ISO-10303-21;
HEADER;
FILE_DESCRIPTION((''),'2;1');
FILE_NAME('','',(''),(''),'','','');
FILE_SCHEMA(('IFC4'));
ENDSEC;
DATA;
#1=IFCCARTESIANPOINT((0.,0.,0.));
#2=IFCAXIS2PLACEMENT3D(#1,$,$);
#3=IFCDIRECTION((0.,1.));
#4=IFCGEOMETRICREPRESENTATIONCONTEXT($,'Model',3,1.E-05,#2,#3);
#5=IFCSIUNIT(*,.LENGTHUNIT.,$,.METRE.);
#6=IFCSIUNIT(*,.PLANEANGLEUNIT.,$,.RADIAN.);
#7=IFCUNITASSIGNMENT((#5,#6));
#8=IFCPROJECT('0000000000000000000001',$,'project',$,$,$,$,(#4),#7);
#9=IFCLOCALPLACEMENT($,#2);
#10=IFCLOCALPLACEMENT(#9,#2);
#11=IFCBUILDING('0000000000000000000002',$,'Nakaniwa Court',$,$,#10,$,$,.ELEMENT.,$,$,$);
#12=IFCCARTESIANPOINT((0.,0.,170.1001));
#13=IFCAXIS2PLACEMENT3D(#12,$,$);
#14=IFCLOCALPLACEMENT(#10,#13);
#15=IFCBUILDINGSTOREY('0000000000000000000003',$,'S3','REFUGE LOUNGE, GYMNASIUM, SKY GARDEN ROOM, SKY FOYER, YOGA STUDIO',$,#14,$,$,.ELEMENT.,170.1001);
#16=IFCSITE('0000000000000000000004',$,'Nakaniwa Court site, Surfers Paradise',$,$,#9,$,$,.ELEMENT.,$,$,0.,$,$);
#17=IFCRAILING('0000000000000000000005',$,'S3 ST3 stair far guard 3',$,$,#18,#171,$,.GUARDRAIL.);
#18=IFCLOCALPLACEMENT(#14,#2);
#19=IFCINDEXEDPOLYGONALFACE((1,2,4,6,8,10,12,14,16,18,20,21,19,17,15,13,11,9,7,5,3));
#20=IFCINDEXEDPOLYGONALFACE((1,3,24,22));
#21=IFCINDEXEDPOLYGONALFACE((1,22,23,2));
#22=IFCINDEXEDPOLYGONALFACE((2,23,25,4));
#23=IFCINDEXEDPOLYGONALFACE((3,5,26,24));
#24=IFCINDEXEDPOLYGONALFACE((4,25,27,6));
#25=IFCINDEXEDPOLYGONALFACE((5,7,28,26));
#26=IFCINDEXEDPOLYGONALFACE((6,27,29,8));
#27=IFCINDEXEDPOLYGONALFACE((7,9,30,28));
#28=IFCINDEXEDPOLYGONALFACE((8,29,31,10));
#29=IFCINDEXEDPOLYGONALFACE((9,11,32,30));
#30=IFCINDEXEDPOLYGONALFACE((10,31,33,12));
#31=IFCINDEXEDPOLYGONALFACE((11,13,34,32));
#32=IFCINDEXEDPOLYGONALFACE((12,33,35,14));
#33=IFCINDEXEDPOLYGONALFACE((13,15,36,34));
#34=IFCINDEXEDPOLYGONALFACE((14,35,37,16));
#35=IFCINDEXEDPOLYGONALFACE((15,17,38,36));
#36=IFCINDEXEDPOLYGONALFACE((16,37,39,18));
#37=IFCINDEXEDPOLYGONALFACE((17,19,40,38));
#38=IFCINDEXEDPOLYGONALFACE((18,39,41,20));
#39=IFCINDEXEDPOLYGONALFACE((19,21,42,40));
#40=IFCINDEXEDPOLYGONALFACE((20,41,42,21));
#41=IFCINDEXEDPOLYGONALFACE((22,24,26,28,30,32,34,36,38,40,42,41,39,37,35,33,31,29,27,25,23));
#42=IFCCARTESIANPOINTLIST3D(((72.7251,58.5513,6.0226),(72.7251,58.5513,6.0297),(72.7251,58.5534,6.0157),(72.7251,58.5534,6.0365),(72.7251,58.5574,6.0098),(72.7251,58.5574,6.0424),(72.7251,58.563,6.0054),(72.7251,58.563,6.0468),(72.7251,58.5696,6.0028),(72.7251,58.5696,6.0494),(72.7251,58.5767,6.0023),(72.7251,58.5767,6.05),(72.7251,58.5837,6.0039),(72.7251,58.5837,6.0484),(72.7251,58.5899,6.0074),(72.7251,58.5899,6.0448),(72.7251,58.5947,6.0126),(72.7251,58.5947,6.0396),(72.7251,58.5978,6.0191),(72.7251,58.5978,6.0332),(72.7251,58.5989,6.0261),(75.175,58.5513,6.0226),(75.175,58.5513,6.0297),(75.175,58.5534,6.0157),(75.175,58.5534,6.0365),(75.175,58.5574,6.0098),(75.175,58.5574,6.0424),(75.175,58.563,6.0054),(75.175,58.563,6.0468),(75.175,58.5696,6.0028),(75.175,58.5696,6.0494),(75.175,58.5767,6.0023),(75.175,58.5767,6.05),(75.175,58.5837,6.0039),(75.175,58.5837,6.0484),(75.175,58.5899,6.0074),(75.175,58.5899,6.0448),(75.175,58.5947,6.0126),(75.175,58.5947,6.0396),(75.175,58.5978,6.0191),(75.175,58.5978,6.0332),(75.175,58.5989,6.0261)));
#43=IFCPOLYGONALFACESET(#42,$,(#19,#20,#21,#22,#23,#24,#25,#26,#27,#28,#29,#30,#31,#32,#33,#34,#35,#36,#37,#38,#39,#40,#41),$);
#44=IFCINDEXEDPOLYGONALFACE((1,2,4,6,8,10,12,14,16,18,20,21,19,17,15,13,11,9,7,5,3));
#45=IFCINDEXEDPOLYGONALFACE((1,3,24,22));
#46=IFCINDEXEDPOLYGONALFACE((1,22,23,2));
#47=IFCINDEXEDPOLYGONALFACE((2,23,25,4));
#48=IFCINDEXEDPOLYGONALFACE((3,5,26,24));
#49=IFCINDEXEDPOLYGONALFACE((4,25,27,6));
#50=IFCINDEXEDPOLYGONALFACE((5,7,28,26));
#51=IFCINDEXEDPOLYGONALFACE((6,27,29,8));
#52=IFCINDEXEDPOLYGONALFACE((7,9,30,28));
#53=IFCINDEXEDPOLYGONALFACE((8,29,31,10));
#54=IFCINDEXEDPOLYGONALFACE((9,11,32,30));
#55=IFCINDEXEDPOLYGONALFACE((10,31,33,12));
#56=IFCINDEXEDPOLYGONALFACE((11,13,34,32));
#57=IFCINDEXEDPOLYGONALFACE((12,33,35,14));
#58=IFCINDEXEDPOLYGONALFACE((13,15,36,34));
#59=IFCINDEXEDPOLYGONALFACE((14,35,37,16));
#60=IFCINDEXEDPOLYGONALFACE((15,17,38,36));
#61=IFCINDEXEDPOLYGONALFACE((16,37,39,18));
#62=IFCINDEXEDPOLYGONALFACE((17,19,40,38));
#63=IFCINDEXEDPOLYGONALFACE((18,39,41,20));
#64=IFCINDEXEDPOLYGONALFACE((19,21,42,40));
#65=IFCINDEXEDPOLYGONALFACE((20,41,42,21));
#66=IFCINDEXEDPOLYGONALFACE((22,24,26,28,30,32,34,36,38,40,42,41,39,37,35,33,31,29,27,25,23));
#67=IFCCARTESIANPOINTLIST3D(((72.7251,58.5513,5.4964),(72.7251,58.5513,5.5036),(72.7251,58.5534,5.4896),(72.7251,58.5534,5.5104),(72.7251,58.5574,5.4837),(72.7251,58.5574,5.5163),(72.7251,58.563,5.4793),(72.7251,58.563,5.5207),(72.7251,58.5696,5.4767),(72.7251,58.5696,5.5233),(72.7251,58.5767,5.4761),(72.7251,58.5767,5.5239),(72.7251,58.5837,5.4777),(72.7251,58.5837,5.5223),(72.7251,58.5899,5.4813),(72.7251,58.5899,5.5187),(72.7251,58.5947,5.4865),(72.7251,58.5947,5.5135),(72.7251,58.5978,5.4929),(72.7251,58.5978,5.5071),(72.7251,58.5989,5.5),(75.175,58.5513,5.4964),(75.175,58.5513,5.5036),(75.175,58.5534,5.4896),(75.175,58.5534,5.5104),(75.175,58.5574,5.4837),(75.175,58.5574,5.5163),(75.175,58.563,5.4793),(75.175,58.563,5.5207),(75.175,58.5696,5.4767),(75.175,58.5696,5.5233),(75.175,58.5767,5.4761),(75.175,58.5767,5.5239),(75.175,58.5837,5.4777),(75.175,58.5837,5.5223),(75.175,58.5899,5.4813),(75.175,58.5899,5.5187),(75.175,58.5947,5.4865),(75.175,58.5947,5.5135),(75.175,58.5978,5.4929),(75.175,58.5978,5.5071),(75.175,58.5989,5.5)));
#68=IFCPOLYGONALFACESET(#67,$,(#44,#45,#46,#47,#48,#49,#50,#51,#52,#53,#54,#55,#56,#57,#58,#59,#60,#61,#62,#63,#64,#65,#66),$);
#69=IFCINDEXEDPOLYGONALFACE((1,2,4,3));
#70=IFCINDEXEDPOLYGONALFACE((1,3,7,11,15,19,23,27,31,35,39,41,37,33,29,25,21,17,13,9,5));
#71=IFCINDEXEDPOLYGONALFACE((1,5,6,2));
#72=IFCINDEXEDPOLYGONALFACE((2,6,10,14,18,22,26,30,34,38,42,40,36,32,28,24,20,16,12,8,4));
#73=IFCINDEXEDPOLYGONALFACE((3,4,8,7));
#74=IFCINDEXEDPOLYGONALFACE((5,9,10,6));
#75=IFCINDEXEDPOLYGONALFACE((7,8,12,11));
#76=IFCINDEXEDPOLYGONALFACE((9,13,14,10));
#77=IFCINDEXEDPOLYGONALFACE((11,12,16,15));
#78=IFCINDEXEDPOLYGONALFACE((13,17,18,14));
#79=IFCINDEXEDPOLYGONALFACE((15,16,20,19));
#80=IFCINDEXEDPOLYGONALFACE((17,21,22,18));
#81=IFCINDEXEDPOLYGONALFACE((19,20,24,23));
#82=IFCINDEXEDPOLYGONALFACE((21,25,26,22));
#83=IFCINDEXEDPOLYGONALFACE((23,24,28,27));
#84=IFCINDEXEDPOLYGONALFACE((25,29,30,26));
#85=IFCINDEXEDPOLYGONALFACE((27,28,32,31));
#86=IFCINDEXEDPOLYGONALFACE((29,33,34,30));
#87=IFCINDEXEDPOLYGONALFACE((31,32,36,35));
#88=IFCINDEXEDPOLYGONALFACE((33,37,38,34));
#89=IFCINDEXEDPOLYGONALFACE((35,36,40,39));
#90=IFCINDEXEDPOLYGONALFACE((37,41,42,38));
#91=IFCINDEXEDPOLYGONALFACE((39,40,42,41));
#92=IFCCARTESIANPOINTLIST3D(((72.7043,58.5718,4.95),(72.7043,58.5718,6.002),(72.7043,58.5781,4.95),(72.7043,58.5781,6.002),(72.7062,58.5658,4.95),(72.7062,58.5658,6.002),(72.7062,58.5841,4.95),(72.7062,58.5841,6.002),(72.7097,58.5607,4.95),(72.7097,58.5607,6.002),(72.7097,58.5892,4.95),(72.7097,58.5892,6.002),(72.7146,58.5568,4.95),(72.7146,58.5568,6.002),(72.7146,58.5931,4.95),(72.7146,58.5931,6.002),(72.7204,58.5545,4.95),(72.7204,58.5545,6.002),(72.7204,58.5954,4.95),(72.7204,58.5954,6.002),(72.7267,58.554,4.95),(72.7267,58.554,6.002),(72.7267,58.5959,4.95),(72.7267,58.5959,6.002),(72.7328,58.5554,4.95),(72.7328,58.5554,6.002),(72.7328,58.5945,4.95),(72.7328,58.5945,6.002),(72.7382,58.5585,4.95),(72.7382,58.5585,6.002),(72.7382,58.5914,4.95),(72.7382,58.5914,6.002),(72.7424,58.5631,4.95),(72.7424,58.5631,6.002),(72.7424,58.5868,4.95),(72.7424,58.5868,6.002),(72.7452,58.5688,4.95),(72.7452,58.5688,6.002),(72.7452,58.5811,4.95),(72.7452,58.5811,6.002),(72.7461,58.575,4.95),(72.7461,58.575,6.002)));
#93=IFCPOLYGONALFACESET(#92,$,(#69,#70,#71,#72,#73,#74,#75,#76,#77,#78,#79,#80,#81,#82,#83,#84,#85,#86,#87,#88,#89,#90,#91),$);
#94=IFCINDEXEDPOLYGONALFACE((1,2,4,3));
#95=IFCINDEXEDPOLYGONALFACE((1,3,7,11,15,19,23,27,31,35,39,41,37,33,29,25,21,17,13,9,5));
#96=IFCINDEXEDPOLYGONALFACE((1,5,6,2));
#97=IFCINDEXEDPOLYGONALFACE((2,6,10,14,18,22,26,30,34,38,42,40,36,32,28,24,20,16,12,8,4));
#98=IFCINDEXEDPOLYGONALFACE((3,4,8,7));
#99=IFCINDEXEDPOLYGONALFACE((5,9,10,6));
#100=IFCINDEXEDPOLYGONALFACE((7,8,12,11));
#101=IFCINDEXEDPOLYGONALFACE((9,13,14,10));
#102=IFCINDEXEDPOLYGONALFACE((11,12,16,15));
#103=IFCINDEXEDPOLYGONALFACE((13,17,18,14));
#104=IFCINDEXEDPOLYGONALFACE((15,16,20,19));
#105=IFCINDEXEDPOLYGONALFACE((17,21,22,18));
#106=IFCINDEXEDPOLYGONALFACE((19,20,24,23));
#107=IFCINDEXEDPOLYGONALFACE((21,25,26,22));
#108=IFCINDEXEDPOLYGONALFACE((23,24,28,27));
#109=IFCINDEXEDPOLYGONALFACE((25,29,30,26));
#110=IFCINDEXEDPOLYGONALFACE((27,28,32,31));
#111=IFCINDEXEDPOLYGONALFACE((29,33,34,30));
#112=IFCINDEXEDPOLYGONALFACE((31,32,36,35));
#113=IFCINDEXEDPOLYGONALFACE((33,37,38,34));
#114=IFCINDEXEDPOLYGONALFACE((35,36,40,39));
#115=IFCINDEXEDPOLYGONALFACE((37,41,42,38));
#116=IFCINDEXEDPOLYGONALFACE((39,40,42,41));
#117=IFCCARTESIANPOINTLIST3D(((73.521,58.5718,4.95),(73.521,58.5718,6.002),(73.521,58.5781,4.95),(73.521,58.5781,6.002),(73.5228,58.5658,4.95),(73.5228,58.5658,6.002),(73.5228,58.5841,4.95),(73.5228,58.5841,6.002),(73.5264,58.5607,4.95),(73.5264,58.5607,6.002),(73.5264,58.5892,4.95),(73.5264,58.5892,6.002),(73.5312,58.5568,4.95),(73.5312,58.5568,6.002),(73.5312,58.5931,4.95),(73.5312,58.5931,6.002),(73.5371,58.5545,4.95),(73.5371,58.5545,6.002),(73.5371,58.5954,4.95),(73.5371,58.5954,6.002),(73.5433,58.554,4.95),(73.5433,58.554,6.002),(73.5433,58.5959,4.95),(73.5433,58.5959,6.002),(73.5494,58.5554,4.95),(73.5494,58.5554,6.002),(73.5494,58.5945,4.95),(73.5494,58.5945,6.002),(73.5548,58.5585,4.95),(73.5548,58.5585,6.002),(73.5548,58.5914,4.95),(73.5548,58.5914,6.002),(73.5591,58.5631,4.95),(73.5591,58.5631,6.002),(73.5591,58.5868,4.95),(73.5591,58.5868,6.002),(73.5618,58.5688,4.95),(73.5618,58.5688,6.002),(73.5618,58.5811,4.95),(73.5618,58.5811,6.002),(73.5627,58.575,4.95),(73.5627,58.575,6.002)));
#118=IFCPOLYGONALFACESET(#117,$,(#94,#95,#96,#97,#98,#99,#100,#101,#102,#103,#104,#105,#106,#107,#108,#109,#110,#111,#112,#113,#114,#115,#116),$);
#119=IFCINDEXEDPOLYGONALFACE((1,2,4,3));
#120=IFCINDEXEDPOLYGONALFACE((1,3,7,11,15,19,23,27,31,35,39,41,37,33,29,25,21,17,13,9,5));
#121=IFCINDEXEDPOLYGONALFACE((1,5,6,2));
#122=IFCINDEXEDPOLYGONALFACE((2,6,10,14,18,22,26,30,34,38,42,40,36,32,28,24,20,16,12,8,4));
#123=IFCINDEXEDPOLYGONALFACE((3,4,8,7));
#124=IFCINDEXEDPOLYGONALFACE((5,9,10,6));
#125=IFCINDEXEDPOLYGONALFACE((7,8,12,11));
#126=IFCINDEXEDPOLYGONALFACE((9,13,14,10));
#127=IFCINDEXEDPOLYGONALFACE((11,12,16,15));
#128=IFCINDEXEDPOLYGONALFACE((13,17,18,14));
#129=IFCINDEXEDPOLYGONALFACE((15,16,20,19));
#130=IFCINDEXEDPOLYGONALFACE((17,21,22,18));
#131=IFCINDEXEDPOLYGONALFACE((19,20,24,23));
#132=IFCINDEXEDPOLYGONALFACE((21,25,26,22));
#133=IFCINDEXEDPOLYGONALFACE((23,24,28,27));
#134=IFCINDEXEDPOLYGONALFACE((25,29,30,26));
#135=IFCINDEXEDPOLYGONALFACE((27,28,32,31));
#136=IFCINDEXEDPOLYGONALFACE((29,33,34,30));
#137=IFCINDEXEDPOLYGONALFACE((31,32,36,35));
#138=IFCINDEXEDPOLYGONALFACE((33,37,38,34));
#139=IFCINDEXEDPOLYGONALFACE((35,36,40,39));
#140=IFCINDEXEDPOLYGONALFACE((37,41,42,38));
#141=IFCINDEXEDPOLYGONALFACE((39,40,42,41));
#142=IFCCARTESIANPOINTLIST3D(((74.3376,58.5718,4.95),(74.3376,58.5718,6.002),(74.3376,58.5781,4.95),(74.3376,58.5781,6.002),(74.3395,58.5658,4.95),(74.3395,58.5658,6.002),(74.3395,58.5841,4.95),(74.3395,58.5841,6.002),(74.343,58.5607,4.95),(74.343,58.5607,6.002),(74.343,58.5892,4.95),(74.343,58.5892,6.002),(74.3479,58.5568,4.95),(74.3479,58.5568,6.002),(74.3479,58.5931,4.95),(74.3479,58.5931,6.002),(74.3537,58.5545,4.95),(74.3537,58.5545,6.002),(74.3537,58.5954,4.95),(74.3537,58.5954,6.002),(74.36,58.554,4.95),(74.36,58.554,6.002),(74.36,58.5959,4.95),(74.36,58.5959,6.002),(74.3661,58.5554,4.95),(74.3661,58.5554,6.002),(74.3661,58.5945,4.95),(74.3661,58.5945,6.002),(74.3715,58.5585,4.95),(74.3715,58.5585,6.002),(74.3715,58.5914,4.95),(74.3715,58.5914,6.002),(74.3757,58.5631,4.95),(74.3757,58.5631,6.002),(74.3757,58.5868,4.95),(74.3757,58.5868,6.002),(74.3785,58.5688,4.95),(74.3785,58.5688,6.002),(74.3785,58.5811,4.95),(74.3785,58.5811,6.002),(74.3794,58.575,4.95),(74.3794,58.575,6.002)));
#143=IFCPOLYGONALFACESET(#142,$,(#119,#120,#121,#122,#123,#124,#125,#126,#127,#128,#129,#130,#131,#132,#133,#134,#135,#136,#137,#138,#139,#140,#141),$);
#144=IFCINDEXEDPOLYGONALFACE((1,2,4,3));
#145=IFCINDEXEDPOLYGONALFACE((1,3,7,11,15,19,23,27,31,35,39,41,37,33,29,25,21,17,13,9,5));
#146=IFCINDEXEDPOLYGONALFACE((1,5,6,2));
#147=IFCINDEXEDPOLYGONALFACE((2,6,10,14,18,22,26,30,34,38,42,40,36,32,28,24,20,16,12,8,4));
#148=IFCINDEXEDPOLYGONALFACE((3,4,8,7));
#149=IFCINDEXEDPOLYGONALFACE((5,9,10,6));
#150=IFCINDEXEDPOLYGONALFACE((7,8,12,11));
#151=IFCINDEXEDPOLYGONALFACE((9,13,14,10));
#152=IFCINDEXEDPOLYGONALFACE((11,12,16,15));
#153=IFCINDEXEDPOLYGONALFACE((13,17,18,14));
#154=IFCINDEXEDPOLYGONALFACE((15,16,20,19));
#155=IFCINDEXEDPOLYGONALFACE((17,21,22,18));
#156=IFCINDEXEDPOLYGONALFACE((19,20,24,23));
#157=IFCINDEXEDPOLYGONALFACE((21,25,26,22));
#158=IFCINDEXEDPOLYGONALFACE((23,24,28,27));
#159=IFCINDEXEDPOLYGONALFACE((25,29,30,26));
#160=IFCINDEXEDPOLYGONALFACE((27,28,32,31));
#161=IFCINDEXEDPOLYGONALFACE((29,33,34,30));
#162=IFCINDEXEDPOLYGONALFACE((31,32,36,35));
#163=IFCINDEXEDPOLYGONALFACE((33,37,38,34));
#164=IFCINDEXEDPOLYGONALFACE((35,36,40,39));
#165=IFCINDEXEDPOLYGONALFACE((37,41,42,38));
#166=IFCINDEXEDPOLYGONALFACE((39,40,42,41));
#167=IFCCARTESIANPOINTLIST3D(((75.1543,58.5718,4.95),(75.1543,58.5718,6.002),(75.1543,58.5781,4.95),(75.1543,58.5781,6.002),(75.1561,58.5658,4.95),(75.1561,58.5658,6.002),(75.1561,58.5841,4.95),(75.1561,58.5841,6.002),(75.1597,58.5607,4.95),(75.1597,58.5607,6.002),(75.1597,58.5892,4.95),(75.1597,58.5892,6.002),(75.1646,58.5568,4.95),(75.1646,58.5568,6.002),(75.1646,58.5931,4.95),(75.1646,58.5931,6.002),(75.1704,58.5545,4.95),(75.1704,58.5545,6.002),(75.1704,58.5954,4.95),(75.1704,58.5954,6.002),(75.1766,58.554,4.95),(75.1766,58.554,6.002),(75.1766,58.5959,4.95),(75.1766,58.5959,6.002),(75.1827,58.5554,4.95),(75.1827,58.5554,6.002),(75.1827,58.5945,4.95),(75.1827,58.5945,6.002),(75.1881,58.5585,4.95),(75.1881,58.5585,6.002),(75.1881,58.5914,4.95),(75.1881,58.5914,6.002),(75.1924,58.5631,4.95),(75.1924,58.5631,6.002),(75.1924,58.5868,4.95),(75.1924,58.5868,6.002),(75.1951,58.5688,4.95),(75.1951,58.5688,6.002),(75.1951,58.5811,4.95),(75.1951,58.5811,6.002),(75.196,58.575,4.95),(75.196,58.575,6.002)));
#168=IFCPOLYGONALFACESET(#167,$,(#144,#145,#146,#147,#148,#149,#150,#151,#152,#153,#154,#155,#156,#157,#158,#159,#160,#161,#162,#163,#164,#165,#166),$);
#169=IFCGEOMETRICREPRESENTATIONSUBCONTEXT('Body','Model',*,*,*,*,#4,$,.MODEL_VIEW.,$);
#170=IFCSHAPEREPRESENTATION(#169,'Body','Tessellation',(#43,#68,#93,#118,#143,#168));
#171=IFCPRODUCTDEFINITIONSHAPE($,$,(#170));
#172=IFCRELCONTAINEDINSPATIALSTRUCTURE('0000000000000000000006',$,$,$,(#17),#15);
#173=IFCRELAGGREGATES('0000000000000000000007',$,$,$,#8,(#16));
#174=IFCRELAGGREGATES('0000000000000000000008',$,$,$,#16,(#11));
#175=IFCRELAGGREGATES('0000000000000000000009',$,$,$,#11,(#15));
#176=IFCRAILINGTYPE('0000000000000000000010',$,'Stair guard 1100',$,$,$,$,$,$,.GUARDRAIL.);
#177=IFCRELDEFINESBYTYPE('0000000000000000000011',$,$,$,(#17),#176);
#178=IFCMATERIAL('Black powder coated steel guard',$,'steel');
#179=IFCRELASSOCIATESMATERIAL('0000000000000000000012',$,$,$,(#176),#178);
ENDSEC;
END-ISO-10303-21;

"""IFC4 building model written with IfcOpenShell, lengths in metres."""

from ifc_helpers import new_model, si_unit, direction, frame, origin, origin_2d, place, context, subcontext, project, spatial, circle, extrude, material, type_object, element, save


model = new_model("IFC4")

# Units and contexts
model_context = context("Model", 3, precision=1e-05, world=origin(), true_north=direction((0.0, 1.0)))
body_context = subcontext(model_context, "Body", "Model", "MODEL_VIEW")
ifc_project = project(units=[si_unit("LENGTHUNIT", "METRE"), si_unit("PLANEANGLEUNIT", "RADIAN")], contexts=[model_context])

# Site, building, storey
site_placement = place(None, origin())
site = spatial("IfcSite", under=ifc_project, at=site_placement, Name="Nakaniwa Court site, Surfers Paradise", CompositionType="ELEMENT", RefElevation=0.0)
building_placement = place(site_placement, origin())
building = spatial("IfcBuilding", under=site, at=building_placement, Name="Nakaniwa Court", CompositionType="ELEMENT")
storey_placement = place(building_placement, frame((0.0, 0.0, 170.1001)))
storey = spatial("IfcBuildingStorey", under=building, at=storey_placement, Name="S3", Description="REFUGE LOUNGE, GYMNASIUM, SKY GARDEN ROOM, SKY FOYER, YOGA STUDIO", CompositionType="ELEMENT", Elevation=170.1001)

# Railing
ifc_material_1 = material(Name="Black powder coated steel guard", Category="steel")
railing_type_1 = type_object("IfcRailingType", Name="Stair guard 1100", PredefinedType="GUARDRAIL", material=ifc_material_1)
for number, where, name in (
    (1, (72.7251, 58.575, 4.95), "S3 ST3 stair far guard 3"),
):
    element("IfcRailing", number, at=place(storey_placement, frame(where)), inside=storey, type_object=railing_type_1, Name=name, PredefinedType="GUARDRAIL", context=body_context, shape_type="SweptSolid", body=[
        extrude(circle(Radius=0.0239, at=origin_2d()), frame((0.0, 0.0, 1.0762), z_axis=(1.0, 0.0, 0.0), x_axis=(0.0, 1.0, 0.0)), (0.0, 0.0, 1.0), 2.45),
        extrude(circle(Radius=0.0239, at=origin_2d()), frame((0.0, 0.0, 0.55), z_axis=(1.0, 0.0, 0.0), x_axis=(0.0, 1.0, 0.0)), (0.0, 0.0, 1.0), 2.45),
        extrude(circle(Radius=0.021, at=origin_2d()), origin(), (0.0, 0.0, 1.0), 1.052),
        extrude(circle(Radius=0.021, at=origin_2d()), frame((0.8167, 0.0, 0.0)), (0.0, 0.0, 1.0), 1.052),
        extrude(circle(Radius=0.021, at=origin_2d()), frame((1.6333, 0.0, 0.0)), (0.0, 0.0, 1.0), 1.052),
        extrude(circle(Radius=0.021, at=origin_2d()), frame((2.45, 0.0, 0.0)), (0.0, 0.0, 1.0), 1.052),
    ])

save(model, "model.ifc")
